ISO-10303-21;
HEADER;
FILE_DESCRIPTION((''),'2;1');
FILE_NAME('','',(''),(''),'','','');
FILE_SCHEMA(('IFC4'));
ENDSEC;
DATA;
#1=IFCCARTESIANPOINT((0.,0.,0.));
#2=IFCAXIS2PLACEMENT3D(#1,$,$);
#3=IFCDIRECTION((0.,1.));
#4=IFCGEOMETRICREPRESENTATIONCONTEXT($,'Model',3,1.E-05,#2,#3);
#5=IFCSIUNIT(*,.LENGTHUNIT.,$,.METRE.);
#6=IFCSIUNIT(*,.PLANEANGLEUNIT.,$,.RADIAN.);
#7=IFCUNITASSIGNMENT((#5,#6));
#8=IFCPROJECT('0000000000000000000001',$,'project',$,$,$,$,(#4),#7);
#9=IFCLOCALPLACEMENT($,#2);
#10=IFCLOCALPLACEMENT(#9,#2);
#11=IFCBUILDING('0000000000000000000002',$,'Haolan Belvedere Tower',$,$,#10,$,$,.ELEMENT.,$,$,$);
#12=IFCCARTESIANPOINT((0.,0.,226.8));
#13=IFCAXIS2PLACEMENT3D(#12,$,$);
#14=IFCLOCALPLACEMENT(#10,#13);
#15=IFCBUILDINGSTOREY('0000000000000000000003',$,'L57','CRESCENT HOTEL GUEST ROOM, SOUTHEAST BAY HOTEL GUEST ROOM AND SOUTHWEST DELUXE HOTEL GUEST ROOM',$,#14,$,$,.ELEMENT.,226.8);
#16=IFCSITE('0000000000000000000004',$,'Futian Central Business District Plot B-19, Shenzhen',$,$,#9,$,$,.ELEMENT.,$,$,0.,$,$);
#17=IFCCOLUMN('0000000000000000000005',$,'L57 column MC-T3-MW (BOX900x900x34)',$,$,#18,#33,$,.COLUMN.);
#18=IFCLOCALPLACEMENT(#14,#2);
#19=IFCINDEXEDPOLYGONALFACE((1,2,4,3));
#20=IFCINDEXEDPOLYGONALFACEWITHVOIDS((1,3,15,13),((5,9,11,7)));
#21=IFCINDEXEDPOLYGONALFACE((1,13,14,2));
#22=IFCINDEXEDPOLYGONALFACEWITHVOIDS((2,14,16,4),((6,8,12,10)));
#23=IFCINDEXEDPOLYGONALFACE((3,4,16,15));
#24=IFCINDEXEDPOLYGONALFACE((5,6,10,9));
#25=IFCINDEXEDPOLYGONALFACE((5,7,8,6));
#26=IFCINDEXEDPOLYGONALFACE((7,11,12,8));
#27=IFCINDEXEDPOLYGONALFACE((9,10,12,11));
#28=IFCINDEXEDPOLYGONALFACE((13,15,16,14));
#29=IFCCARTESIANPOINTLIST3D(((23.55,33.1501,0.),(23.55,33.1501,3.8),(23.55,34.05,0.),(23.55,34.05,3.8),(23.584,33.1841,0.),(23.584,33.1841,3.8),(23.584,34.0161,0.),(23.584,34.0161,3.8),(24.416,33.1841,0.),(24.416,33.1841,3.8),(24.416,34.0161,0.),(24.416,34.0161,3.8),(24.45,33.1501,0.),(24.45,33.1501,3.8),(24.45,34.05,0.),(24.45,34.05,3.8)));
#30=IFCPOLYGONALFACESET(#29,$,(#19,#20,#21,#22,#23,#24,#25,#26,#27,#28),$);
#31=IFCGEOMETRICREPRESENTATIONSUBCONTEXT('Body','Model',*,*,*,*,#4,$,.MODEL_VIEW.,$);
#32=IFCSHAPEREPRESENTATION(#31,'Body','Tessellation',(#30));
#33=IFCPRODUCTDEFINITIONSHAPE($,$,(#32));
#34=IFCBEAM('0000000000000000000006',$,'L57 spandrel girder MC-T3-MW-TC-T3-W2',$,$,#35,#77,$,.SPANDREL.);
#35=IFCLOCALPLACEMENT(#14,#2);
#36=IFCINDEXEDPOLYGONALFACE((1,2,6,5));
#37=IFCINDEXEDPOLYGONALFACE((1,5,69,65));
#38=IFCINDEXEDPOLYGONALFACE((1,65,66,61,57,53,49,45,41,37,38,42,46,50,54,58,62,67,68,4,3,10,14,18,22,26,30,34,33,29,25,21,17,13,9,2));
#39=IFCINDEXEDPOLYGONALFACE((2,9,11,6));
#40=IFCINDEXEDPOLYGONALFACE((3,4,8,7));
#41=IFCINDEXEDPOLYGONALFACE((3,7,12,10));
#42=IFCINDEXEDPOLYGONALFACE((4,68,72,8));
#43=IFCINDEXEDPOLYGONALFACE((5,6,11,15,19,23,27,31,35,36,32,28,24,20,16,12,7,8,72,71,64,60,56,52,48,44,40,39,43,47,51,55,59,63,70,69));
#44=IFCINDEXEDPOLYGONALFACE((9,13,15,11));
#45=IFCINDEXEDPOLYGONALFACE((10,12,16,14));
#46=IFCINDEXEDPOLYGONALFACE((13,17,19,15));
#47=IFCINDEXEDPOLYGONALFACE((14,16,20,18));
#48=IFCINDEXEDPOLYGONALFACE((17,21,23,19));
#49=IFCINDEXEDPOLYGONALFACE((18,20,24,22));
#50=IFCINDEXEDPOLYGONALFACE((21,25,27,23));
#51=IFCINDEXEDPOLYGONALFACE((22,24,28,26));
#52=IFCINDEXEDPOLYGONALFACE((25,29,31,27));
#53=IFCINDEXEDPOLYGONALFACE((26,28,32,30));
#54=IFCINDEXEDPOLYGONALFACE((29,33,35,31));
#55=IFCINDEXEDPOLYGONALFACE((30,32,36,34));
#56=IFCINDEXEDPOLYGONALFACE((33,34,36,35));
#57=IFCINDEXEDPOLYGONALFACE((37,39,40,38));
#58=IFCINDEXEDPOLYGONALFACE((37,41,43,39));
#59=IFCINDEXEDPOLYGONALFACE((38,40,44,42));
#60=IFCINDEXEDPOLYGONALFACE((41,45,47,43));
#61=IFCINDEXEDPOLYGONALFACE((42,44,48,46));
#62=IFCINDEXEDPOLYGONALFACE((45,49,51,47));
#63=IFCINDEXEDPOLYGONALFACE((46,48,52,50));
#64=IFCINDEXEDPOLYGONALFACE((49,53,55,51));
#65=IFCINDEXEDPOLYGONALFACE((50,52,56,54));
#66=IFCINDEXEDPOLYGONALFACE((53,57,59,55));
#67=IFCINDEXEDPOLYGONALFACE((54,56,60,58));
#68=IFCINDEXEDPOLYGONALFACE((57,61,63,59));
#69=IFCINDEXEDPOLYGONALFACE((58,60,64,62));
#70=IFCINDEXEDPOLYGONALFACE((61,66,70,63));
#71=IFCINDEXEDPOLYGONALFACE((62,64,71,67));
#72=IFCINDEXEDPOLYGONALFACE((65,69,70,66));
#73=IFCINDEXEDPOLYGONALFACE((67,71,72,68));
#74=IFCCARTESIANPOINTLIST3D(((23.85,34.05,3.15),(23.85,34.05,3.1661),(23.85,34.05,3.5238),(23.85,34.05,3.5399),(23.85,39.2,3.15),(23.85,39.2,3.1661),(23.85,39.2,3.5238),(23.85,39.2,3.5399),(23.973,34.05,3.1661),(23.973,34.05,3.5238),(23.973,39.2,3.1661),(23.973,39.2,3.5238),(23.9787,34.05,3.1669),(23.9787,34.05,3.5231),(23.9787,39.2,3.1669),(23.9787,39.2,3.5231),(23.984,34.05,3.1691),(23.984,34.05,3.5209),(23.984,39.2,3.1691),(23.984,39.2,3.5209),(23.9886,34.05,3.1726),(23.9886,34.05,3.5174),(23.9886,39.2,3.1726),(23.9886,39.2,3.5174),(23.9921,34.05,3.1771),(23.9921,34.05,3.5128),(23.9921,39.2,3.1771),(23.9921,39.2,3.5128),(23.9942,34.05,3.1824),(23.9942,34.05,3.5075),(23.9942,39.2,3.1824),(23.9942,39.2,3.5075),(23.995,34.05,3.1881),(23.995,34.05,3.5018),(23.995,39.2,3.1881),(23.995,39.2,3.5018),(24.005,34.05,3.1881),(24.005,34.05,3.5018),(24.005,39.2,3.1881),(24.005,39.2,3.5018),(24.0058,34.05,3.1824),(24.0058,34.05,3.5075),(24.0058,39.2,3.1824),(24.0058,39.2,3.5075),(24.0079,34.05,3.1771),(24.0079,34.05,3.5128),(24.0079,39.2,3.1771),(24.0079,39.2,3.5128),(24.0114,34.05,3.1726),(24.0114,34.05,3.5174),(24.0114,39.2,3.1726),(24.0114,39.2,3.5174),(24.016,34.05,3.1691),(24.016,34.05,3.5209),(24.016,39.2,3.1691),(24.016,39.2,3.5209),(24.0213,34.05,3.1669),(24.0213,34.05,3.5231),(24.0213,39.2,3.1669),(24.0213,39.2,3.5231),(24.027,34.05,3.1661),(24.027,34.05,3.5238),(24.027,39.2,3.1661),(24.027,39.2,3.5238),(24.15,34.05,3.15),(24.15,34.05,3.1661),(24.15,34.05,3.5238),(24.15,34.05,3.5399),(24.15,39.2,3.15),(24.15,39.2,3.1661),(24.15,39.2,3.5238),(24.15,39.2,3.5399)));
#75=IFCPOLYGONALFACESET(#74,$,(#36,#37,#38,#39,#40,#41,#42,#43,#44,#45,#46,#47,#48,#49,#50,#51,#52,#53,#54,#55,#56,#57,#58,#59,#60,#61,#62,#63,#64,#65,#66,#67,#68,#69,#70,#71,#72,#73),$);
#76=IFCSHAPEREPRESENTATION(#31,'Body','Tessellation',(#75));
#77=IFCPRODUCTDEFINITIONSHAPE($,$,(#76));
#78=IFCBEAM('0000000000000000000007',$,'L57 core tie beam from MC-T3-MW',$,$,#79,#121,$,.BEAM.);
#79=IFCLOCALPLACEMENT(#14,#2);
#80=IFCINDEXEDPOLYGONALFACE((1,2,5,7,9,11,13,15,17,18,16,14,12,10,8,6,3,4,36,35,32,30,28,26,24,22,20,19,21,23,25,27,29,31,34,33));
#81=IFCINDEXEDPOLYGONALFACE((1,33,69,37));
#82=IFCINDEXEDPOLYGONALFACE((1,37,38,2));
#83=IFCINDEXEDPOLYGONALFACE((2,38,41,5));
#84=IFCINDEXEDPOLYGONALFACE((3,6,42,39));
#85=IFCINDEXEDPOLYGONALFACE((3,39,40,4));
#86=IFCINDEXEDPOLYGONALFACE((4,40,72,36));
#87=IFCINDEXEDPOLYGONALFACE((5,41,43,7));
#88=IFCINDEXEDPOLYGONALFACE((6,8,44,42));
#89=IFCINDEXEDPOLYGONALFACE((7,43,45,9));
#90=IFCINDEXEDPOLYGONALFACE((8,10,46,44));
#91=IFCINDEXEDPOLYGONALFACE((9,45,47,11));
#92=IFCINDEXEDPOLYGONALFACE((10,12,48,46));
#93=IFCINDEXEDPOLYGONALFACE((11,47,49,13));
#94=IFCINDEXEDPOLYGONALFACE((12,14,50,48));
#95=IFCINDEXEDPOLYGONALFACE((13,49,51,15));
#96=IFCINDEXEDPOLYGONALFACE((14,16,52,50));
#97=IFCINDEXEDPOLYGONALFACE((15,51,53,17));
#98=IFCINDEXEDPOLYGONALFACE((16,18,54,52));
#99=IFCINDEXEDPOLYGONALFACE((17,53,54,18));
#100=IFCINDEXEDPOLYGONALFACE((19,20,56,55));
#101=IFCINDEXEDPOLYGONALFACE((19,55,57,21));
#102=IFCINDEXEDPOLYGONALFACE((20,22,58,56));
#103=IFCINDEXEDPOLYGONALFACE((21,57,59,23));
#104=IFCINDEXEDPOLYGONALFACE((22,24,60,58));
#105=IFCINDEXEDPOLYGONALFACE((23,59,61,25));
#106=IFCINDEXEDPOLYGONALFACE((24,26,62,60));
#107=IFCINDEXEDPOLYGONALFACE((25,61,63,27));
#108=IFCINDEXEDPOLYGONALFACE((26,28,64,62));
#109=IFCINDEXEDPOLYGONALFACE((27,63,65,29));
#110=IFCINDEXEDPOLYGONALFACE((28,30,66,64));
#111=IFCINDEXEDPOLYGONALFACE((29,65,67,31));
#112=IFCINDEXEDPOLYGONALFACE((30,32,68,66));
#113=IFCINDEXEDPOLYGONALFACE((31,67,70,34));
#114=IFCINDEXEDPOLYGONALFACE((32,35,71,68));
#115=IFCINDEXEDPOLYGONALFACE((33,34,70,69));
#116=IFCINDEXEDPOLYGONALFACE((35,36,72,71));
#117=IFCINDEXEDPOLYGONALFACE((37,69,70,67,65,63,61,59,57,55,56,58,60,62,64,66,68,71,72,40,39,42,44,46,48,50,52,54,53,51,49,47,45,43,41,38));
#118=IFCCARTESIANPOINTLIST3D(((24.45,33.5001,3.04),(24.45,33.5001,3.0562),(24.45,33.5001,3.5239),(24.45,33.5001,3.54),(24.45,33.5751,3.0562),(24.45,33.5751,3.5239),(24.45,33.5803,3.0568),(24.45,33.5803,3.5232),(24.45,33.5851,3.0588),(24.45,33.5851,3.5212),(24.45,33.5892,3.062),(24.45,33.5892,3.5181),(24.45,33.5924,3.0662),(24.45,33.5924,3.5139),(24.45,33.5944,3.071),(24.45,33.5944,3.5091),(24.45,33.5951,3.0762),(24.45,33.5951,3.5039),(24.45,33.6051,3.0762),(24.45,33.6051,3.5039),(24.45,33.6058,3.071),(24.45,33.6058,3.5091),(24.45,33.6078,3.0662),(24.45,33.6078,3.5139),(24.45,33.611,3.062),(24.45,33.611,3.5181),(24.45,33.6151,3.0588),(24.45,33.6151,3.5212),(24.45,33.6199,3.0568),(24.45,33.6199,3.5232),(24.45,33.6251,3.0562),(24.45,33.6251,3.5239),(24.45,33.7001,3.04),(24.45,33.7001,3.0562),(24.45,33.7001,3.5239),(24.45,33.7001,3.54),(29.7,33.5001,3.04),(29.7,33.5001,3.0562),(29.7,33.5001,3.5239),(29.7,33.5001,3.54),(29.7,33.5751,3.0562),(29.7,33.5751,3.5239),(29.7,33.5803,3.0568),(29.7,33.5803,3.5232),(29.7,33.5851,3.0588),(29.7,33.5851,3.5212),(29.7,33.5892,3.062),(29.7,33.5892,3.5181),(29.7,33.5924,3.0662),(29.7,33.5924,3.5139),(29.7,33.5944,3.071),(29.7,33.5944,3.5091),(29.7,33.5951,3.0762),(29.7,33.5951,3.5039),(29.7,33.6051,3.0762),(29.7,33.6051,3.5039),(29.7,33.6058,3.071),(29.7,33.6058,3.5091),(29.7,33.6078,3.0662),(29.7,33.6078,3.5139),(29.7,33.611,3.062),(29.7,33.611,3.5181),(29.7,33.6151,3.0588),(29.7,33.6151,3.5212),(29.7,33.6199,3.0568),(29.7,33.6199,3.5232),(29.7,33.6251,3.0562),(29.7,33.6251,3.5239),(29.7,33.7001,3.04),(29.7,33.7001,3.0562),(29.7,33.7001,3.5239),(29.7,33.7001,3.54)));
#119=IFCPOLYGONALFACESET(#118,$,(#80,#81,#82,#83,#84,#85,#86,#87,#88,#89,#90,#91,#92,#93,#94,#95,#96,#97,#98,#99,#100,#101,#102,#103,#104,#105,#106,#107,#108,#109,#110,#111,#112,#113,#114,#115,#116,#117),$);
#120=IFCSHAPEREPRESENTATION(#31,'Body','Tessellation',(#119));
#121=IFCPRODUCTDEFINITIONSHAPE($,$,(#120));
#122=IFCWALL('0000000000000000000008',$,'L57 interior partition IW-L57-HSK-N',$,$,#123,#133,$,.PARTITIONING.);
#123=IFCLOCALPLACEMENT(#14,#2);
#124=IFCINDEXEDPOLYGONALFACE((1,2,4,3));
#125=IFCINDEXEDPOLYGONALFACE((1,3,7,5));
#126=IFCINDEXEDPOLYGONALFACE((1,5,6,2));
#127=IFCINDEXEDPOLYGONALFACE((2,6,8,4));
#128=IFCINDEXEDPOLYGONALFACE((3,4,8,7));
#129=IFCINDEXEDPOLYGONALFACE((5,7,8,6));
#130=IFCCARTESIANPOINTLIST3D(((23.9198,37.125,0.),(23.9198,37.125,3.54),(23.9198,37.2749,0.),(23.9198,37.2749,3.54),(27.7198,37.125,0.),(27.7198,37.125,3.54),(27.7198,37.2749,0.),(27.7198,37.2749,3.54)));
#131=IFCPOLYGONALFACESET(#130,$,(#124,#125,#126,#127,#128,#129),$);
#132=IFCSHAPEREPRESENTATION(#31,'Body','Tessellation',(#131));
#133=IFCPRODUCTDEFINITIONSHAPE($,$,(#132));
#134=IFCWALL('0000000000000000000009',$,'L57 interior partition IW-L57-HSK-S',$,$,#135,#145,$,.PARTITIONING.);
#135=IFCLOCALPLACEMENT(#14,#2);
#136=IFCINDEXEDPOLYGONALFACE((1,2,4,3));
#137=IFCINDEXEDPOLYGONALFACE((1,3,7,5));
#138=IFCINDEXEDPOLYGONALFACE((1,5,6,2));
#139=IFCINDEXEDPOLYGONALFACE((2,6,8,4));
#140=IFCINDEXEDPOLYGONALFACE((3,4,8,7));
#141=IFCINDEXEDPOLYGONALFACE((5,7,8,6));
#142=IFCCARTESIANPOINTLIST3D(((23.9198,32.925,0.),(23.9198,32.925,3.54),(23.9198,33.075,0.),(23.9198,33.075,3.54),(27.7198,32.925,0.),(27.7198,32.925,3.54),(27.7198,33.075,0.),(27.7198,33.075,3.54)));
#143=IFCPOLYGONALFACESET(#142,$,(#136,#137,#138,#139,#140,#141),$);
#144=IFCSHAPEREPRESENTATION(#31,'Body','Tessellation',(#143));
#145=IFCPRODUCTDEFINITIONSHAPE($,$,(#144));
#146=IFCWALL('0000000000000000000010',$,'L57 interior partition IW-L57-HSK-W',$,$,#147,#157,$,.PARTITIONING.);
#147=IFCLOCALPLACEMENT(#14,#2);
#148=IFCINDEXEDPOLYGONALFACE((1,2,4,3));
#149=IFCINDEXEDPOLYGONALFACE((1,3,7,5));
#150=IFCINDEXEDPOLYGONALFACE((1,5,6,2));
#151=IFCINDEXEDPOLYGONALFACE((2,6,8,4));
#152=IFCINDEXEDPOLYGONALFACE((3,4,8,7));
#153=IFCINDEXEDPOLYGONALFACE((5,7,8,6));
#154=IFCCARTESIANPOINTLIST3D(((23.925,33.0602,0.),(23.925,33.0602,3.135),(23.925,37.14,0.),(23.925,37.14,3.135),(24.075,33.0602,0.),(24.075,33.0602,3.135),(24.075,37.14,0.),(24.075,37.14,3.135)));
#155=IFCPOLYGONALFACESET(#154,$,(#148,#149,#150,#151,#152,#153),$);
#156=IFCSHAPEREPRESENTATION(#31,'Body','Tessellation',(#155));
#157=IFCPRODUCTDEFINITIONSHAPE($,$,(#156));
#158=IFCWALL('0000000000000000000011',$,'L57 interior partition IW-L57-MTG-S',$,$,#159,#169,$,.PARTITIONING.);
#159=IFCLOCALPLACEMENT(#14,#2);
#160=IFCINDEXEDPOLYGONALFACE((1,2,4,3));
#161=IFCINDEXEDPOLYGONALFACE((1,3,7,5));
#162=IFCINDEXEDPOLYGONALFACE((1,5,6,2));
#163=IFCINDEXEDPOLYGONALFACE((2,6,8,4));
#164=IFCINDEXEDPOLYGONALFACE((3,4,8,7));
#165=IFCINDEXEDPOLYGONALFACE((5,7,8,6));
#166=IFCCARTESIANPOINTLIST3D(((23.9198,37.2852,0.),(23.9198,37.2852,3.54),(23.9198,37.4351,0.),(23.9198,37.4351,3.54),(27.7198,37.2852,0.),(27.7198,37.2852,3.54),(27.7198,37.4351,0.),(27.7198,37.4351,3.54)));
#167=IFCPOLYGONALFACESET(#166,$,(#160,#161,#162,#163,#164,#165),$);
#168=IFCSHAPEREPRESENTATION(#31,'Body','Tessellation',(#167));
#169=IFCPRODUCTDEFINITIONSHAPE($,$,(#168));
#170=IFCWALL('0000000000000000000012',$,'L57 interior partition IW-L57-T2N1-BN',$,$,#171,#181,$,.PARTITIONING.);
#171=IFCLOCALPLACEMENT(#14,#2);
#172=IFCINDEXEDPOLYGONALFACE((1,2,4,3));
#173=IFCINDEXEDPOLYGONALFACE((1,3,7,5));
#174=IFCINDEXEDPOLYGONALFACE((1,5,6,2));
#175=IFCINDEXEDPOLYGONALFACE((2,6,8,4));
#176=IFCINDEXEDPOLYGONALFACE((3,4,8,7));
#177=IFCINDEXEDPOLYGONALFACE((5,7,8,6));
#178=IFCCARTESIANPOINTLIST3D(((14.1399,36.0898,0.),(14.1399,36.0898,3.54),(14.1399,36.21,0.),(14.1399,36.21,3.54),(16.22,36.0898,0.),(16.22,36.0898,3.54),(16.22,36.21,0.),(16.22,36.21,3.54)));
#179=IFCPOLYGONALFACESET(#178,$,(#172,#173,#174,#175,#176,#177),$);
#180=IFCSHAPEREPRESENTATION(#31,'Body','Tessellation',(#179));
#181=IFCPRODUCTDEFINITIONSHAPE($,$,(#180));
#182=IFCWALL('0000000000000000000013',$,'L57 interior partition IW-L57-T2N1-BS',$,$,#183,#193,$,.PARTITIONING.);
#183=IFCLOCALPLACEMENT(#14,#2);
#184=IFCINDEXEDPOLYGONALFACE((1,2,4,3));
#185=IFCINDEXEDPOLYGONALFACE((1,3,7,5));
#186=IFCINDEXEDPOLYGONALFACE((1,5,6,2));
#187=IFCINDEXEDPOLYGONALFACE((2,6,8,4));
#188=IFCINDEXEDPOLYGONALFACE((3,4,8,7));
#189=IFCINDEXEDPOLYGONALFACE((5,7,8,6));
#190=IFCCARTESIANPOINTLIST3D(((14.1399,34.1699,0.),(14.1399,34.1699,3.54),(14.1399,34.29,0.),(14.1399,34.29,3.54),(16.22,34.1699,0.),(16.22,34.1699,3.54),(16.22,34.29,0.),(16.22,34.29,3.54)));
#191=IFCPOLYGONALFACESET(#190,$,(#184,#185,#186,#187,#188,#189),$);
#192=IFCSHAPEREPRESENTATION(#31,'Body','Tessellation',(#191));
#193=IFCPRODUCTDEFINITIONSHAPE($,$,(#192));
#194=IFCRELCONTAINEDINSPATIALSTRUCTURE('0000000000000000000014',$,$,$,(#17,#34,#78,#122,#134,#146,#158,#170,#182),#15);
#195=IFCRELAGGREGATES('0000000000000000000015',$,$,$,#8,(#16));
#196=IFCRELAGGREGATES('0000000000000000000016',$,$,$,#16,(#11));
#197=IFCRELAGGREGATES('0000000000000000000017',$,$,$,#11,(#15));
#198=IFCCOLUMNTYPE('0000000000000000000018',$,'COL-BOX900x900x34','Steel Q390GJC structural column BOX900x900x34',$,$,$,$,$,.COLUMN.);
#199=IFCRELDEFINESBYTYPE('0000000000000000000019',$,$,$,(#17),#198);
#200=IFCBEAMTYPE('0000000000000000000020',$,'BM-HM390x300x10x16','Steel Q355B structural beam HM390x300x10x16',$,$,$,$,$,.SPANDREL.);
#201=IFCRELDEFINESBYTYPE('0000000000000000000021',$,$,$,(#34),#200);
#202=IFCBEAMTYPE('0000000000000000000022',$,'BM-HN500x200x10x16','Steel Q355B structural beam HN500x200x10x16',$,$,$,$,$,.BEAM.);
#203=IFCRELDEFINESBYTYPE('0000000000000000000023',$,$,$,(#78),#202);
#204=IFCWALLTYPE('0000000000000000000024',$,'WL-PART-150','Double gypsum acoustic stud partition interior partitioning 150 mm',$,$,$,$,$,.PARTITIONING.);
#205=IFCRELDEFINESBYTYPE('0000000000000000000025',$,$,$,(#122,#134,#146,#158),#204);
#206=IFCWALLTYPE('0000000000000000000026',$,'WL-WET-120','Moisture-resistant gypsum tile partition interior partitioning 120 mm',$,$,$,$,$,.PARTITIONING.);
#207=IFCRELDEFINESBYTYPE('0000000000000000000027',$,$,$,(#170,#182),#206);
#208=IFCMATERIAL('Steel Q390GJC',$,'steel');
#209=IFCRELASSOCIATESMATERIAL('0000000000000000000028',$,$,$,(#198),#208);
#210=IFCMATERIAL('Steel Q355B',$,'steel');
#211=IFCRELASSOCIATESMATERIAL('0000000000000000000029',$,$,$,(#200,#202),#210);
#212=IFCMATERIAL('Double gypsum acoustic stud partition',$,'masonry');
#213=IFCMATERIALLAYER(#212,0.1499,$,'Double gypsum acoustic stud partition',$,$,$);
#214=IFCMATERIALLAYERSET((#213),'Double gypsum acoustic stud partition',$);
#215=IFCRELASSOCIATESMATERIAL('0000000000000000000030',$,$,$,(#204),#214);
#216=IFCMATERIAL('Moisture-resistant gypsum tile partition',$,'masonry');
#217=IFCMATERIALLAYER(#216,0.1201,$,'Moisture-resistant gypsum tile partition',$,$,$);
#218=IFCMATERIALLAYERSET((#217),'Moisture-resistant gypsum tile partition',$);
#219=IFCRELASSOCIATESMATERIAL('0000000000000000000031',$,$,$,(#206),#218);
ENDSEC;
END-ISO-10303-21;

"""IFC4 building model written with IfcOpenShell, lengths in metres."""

from ifc_helpers import new_model, si_unit, direction, frame, frame_2d, origin, origin_2d, place, context, subcontext, project, spatial, rectangle, hollow_rectangle, i_section, extrude, material, layer, layer_set, material_profile, profile_set, type_object, element, save


model = new_model("IFC4")

# Units and contexts
model_context = context("Model", 3, precision=1e-05, world=origin(), true_north=direction((0.0, 1.0)))
body_context = subcontext(model_context, "Body", "Model", "MODEL_VIEW")
ifc_project = project(units=[si_unit("LENGTHUNIT", "METRE"), si_unit("PLANEANGLEUNIT", "RADIAN")], contexts=[model_context])

# Site, building, storey
site_placement = place(None, origin())
site = spatial("IfcSite", under=ifc_project, at=site_placement, Name="Futian Central Business District Plot B-19, Shenzhen", CompositionType="ELEMENT", RefElevation=0.0)
building_placement = place(site_placement, origin())
building = spatial("IfcBuilding", under=site, at=building_placement, Name="Haolan Belvedere Tower", CompositionType="ELEMENT")
storey_placement = place(building_placement, frame((0.0, 0.0, 226.8)))
storey = spatial("IfcBuildingStorey", under=building, at=storey_placement, Name="L57", Description="CRESCENT HOTEL GUEST ROOM, SOUTHEAST BAY HOTEL GUEST ROOM AND SOUTHWEST DELUXE HOTEL GUEST ROOM", CompositionType="ELEMENT", Elevation=226.8)

# Column
ifc_material_1 = material(Name="Steel Q390GJC", Category="steel")
ifc_material_profile_1 = material_profile(ifc_material_1, hollow_rectangle(XDim=0.8999, YDim=0.8999, WallThickness=0.0339, at=origin_2d()), Name="Steel Q390GJC")
ifc_profile_set_1 = profile_set([ifc_material_profile_1], Name="Steel Q390GJC")
column_type = type_object("IfcColumnType", Name="COL-BOX900x900x34", Description="Steel Q390GJC structural column BOX900x900x34", PredefinedType="COLUMN", material=ifc_profile_set_1)
column_placement = place(storey_placement, frame((24.0, 33.6001, 0.0), z_axis=(0.0, 0.0, 1.0), x_axis=(1.0, 0.0, 0.0)))
element("IfcColumn", 1, at=column_placement, inside=storey, type_object=column_type, Name="L57 column MC-T3-MW (BOX900x900x34)", PredefinedType="COLUMN", context=body_context, shape_type="SweptSolid", body=[
    extrude(hollow_rectangle(XDim=0.8999, YDim=0.8999, WallThickness=0.0339, at=origin_2d()), origin(), (0.0, 0.0, 1.0), 3.8),
])

# Beams
ifc_material_2 = material(Name="Steel Q355B", Category="steel")
ifc_material_profile_2 = material_profile(ifc_material_2, i_section(OverallWidth=0.3, OverallDepth=0.3899, WebThickness=0.01, FlangeThickness=0.0161, FilletRadius=0.022, at=origin_2d()), Name="Steel Q355B")
ifc_profile_set_2 = profile_set([ifc_material_profile_2], Name="Steel Q355B")
beam_type_1 = type_object("IfcBeamType", Name="BM-HM390x300x10x16", Description="Steel Q355B structural beam HM390x300x10x16", PredefinedType="SPANDREL", material=ifc_profile_set_2)
beam_1_placement = place(storey_placement, frame((24.0, 34.05, 3.345), z_axis=(0.0, 1.0, 0.0), x_axis=(-1.0, 0.0, 0.0)))
element("IfcBeam", 2, at=beam_1_placement, inside=storey, type_object=beam_type_1, Name="L57 spandrel girder MC-T3-MW-TC-T3-W2", PredefinedType="SPANDREL", context=body_context, shape_type="SweptSolid", body=[
    extrude(i_section(OverallWidth=0.3, OverallDepth=0.3899, WebThickness=0.01, FlangeThickness=0.0161, FilletRadius=0.022, at=origin_2d()), origin(), (0.0, 0.0, 1.0), 5.1499),
])
ifc_material_profile_3 = material_profile(ifc_material_2, i_section(OverallWidth=0.2, OverallDepth=0.5, WebThickness=0.01, FlangeThickness=0.0161, FilletRadius=0.02, at=origin_2d()), Name="Steel Q355B")
ifc_profile_set_3 = profile_set([ifc_material_profile_3], Name="Steel Q355B")
beam_type_2 = type_object("IfcBeamType", Name="BM-HN500x200x10x16", Description="Steel Q355B structural beam HN500x200x10x16", PredefinedType="BEAM", material=ifc_profile_set_3)
beam_2_placement = place(storey_placement, frame((24.45, 33.6001, 3.29), z_axis=(1.0, 0.0, 0.0), x_axis=(0.0, 1.0, 0.0)))
element("IfcBeam", 3, at=beam_2_placement, inside=storey, type_object=beam_type_2, Name="L57 core tie beam from MC-T3-MW", PredefinedType="BEAM", context=body_context, shape_type="SweptSolid", body=[
    extrude(i_section(OverallWidth=0.2, OverallDepth=0.5, WebThickness=0.01, FlangeThickness=0.0161, FilletRadius=0.02, at=origin_2d()), origin(), (0.0, 0.0, 1.0), 5.25),
])

# Walls
ifc_material_3 = material(Name="Double gypsum acoustic stud partition", Category="masonry")
ifc_layer_1 = layer(ifc_material_3, 0.1499, Name="Double gypsum acoustic stud partition")
ifc_layer_set_1 = layer_set([ifc_layer_1], Name="Double gypsum acoustic stud partition")
wall_type_1 = type_object("IfcWallType", Name="WL-PART-150", Description="Double gypsum acoustic stud partition interior partitioning 150 mm", PredefinedType="PARTITIONING", material=ifc_layer_set_1)
for number, where, z_axis, x_axis, name in (
    (4, (23.9199, 37.2, 0.0), (0.0, 0.0, 1.0), (1.0, 0.0, 0.0), "L57 interior partition IW-L57-HSK-N"),
    (5, (23.9199, 33.0, 0.0), (0.0, 0.0, 1.0), (1.0, 0.0, 0.0), "L57 interior partition IW-L57-HSK-S"),
):
    element("IfcWall", number, at=place(storey_placement, frame(where, z_axis=z_axis, x_axis=x_axis)), inside=storey, type_object=wall_type_1, Name=name, PredefinedType="PARTITIONING", context=body_context, shape_type="SweptSolid", body=[
        extrude(rectangle(XDim=3.8, YDim=0.1499, at=frame_2d((1.8999, 0.0))), origin(), (0.0, 0.0, 1.0), 3.54),
    ])
wall_1_placement = place(storey_placement, frame((24.0, 33.0601, 0.0), z_axis=(0.0, 0.0, 1.0), x_axis=(0.0, 1.0, 0.0)))
element("IfcWall", 6, at=wall_1_placement, inside=storey, type_object=wall_type_1, Name="L57 interior partition IW-L57-HSK-W", PredefinedType="PARTITIONING", context=body_context, shape_type="SweptSolid", body=[
    extrude(rectangle(XDim=4.0798, YDim=0.1499, at=frame_2d((2.04, 0.0))), origin(), (0.0, 0.0, 1.0), 3.135),
])
wall_2_placement = place(storey_placement, frame((23.9199, 37.3601, 0.0), z_axis=(0.0, 0.0, 1.0), x_axis=(1.0, 0.0, 0.0)))
element("IfcWall", 7, at=wall_2_placement, inside=storey, type_object=wall_type_1, Name="L57 interior partition IW-L57-MTG-S", PredefinedType="PARTITIONING", context=body_context, shape_type="SweptSolid", body=[
    extrude(rectangle(XDim=3.8, YDim=0.1499, at=frame_2d((1.8999, 0.0))), origin(), (0.0, 0.0, 1.0), 3.54),
])
ifc_material_4 = material(Name="Moisture-resistant gypsum tile partition", Category="masonry")
ifc_layer_2 = layer(ifc_material_4, 0.1201, Name="Moisture-resistant gypsum tile partition")
ifc_layer_set_2 = layer_set([ifc_layer_2], Name="Moisture-resistant gypsum tile partition")
wall_type_2 = type_object("IfcWallType", Name="WL-WET-120", Description="Moisture-resistant gypsum tile partition interior partitioning 120 mm", PredefinedType="PARTITIONING", material=ifc_layer_set_2)
for number, where, z_axis, x_axis, name in (
    (8, (14.1399, 36.1499, 0.0), (0.0, 0.0, 1.0), (1.0, 0.0, 0.0), "L57 interior partition IW-L57-T2N1-BN"),
    (9, (14.1399, 34.23, 0.0), (0.0, 0.0, 1.0), (1.0, 0.0, 0.0), "L57 interior partition IW-L57-T2N1-BS"),
):
    element("IfcWall", number, at=place(storey_placement, frame(where, z_axis=z_axis, x_axis=x_axis)), inside=storey, type_object=wall_type_2, Name=name, PredefinedType="PARTITIONING", context=body_context, shape_type="SweptSolid", body=[
        extrude(rectangle(XDim=2.0801, YDim=0.1201, at=frame_2d((1.04, 0.0))), origin(), (0.0, 0.0, 1.0), 3.54),
    ])

save(model, "model.ifc")
